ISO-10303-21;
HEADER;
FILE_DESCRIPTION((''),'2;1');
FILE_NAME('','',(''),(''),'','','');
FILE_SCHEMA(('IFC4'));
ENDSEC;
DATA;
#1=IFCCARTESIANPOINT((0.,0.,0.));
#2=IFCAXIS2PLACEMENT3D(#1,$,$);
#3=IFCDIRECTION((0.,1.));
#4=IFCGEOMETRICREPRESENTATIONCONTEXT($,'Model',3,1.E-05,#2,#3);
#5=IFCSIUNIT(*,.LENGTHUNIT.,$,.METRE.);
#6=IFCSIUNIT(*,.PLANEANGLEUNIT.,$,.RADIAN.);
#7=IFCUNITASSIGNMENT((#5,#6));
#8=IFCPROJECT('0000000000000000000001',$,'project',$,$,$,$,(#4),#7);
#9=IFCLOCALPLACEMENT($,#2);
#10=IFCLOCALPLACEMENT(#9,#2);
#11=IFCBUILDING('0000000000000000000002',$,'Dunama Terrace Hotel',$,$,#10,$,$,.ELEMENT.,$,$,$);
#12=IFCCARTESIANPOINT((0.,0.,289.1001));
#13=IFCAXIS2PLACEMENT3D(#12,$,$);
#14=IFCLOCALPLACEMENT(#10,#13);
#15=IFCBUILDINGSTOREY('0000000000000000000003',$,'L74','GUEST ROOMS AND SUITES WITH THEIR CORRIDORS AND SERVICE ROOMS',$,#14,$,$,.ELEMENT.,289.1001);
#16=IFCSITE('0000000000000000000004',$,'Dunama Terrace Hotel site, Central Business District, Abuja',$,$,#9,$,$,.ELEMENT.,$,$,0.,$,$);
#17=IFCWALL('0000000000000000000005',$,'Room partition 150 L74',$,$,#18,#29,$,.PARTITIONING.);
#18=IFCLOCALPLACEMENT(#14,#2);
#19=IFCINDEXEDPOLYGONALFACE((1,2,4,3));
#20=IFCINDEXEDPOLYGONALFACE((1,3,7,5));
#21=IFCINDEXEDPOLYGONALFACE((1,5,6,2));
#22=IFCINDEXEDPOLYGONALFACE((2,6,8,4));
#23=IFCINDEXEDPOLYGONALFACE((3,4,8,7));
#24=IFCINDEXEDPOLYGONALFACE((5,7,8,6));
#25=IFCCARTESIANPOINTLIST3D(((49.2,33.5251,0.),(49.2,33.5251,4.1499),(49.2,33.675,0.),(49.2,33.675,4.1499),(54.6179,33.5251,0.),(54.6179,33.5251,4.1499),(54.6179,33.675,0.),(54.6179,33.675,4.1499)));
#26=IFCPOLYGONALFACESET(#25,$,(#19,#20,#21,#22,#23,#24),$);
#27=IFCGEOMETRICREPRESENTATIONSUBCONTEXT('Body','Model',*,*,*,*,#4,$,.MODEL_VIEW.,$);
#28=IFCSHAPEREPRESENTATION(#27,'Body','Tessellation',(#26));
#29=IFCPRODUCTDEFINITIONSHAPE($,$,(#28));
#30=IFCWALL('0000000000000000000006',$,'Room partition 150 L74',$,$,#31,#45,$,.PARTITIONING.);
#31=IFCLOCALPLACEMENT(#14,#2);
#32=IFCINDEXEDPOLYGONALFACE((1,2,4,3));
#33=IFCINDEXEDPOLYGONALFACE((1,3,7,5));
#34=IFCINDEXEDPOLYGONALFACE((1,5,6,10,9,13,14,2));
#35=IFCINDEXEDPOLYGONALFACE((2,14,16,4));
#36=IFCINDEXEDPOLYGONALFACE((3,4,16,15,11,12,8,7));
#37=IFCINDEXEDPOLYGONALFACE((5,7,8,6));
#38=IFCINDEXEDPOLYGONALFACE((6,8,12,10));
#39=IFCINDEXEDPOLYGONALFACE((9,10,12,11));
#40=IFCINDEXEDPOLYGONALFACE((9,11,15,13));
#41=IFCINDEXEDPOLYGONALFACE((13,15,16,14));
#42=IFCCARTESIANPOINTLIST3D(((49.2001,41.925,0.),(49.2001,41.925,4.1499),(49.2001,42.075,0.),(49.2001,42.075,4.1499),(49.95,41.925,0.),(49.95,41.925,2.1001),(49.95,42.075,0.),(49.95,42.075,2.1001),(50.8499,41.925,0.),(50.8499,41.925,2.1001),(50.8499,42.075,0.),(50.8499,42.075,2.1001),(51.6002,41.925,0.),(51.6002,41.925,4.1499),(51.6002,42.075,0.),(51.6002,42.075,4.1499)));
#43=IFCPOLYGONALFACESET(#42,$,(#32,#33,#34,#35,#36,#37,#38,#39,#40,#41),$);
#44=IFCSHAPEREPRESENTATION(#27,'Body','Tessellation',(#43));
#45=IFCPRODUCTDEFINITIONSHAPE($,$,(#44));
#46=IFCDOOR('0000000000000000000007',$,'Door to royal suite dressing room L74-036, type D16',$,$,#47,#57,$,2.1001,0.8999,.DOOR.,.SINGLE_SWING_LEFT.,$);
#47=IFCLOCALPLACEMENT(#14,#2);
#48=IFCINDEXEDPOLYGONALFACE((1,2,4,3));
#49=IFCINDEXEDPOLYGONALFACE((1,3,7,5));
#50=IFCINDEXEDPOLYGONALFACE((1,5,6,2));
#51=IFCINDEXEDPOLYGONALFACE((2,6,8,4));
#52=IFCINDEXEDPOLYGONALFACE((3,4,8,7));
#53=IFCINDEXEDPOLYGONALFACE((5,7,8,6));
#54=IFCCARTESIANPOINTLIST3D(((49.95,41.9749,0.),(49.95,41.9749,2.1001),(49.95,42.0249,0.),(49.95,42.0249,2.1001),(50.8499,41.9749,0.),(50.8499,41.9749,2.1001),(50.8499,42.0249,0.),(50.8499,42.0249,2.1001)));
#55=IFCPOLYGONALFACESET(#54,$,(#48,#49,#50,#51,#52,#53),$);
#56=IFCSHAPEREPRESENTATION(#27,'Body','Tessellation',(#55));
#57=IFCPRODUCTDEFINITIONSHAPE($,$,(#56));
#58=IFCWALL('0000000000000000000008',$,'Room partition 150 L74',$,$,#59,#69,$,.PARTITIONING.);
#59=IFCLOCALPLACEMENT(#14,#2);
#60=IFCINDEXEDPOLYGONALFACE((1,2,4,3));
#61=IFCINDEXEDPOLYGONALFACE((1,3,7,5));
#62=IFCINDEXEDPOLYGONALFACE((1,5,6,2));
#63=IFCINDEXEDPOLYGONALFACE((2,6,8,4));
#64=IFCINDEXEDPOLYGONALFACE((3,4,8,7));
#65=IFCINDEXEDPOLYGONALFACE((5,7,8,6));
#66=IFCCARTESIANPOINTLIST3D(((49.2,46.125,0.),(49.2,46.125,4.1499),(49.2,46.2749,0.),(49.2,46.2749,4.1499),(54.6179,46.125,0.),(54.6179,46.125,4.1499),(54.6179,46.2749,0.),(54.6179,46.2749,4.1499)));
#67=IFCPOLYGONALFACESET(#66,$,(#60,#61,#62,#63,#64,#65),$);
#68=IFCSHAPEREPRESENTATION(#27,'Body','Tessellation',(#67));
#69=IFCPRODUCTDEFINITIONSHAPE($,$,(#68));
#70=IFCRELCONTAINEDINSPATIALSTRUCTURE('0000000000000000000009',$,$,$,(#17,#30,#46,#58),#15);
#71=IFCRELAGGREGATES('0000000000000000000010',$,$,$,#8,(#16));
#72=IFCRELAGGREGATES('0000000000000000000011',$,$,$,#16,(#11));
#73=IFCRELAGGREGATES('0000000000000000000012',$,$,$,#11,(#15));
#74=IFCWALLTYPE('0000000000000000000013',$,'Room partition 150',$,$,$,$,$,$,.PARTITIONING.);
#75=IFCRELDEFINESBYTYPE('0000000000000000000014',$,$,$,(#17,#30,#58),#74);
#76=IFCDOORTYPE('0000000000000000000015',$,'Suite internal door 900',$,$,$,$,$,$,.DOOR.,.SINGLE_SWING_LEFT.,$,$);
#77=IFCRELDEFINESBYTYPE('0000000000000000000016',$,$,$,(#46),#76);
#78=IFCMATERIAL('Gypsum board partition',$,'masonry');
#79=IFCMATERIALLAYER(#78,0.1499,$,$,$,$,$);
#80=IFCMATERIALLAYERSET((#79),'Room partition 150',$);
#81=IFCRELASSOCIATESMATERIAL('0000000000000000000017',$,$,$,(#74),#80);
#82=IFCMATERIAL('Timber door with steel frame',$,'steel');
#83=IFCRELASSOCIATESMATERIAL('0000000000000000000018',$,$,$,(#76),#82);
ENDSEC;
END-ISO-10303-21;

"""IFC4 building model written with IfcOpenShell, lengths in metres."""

from ifc_helpers import new_model, si_unit, direction, frame, frame_2d, origin, place, context, subcontext, project, spatial, rectangle, extrude, material, layer, layer_set, type_object, element, fill, save


model = new_model("IFC4")

# Units and contexts
model_context = context("Model", 3, precision=1e-05, world=origin(), true_north=direction((0.0, 1.0)))
body_context = subcontext(model_context, "Body", "Model", "MODEL_VIEW")
ifc_project = project(units=[si_unit("LENGTHUNIT", "METRE"), si_unit("PLANEANGLEUNIT", "RADIAN")], contexts=[model_context])

# Site, building, storey
site_placement = place(None, origin())
site = spatial("IfcSite", under=ifc_project, at=site_placement, Name="Dunama Terrace Hotel site, Central Business District, Abuja", CompositionType="ELEMENT", RefElevation=0.0)
building_placement = place(site_placement, origin())
building = spatial("IfcBuilding", under=site, at=building_placement, Name="Dunama Terrace Hotel", CompositionType="ELEMENT")
storey_placement = place(building_placement, frame((0.0, 0.0, 289.1001)))
storey = spatial("IfcBuildingStorey", under=building, at=storey_placement, Name="L74", Description="GUEST ROOMS AND SUITES WITH THEIR CORRIDORS AND SERVICE ROOMS", CompositionType="ELEMENT", Elevation=289.1001)

# Shared definitions
ifc_material_1 = material(Name="Gypsum board partition", Category="masonry")
ifc_layer_1 = layer(ifc_material_1, 0.1499)
ifc_layer_set_1 = layer_set([ifc_layer_1], Name="Room partition 150")
wall_type_1 = type_object("IfcWallType", Name="Room partition 150", PredefinedType="PARTITIONING", material=ifc_layer_set_1)
ifc_material_2 = material(Name="Timber door with steel frame", Category="steel")
door_type_1 = type_object("IfcDoorType", Name="Suite internal door 900", OperationType="SINGLE_SWING_LEFT", PredefinedType="DOOR", material=ifc_material_2)

# Wall
for number, where, z_axis, x_axis, name in (
    (1, (49.2, 33.6001, 0.0), (0.0, 0.0, 1.0), (1.0, 0.0, 0.0), "Room partition 150 L74"),
):
    element("IfcWall", number, at=place(storey_placement, frame(where, z_axis=z_axis, x_axis=x_axis)), inside=storey, type_object=wall_type_1, Name=name, PredefinedType="PARTITIONING", context=body_context, shape_type="SweptSolid", body=[
        extrude(rectangle(XDim=5.418, YDim=0.1499, at=frame_2d((2.709, 0.0))), origin(), (0.0, 0.0, 1.0), 4.1499),
    ])

# Wall, opening, door
wall_1_placement = place(storey_placement, frame((49.2, 42.0, 0.0), z_axis=(0.0, 0.0, 1.0), x_axis=(1.0, 0.0, 0.0)))
wall_1 = element("IfcWall", 2, at=wall_1_placement, inside=storey, type_object=wall_type_1, Name="Room partition 150 L74", PredefinedType="PARTITIONING", context=body_context, shape_type="SweptSolid", body=[
    extrude(rectangle(XDim=2.4001, YDim=0.1499, at=frame_2d((1.2002, 0.0))), origin(), (0.0, 0.0, 1.0), 4.1499),
])
opening_1_placement = place(wall_1_placement, frame((0.75, 0.0, 0.0)))
opening_1 = element("IfcOpeningElement", 3, at=opening_1_placement, cuts=wall_1, PredefinedType="OPENING", context=body_context, shape_type="SweptSolid", body=[
    extrude(rectangle(XDim=0.8999, YDim=2.1001, at=frame_2d((0.45, 1.05))), frame((0.0, 0.085, 0.0), z_axis=(0.0, -1.0, 0.0), x_axis=(1.0, 0.0, 0.0)), (0.0, 0.0, 1.0), 0.1699),
])
door_1_placement = place(opening_1_placement, origin())
door_1 = element("IfcDoor", 4, at=door_1_placement, inside=storey, type_object=door_type_1, Name="Door to royal suite dressing room L74-036, type D16", OperationType="SINGLE_SWING_LEFT", OverallHeight=2.1001, OverallWidth=0.8999, PredefinedType="DOOR", context=body_context, shape_type="SweptSolid", body=[
    extrude(rectangle(XDim=0.8999, YDim=2.1001, at=frame_2d((0.45, 1.05))), frame((0.0, 0.0249, 0.0), z_axis=(0.0, -1.0, 0.0), x_axis=(1.0, 0.0, 0.0)), (0.0, 0.0, 1.0), 0.05),
])
fill(opening_1, door_1)

# Wall
wall_2_placement = place(storey_placement, frame((49.2, 46.2, 0.0), z_axis=(0.0, 0.0, 1.0), x_axis=(1.0, 0.0, 0.0)))
element("IfcWall", 5, at=wall_2_placement, inside=storey, type_object=wall_type_1, Name="Room partition 150 L74", PredefinedType="PARTITIONING", context=body_context, shape_type="SweptSolid", body=[
    extrude(rectangle(XDim=5.418, YDim=0.1499, at=frame_2d((2.709, 0.0))), origin(), (0.0, 0.0, 1.0), 4.1499),
])

save(model, "model.ifc")
